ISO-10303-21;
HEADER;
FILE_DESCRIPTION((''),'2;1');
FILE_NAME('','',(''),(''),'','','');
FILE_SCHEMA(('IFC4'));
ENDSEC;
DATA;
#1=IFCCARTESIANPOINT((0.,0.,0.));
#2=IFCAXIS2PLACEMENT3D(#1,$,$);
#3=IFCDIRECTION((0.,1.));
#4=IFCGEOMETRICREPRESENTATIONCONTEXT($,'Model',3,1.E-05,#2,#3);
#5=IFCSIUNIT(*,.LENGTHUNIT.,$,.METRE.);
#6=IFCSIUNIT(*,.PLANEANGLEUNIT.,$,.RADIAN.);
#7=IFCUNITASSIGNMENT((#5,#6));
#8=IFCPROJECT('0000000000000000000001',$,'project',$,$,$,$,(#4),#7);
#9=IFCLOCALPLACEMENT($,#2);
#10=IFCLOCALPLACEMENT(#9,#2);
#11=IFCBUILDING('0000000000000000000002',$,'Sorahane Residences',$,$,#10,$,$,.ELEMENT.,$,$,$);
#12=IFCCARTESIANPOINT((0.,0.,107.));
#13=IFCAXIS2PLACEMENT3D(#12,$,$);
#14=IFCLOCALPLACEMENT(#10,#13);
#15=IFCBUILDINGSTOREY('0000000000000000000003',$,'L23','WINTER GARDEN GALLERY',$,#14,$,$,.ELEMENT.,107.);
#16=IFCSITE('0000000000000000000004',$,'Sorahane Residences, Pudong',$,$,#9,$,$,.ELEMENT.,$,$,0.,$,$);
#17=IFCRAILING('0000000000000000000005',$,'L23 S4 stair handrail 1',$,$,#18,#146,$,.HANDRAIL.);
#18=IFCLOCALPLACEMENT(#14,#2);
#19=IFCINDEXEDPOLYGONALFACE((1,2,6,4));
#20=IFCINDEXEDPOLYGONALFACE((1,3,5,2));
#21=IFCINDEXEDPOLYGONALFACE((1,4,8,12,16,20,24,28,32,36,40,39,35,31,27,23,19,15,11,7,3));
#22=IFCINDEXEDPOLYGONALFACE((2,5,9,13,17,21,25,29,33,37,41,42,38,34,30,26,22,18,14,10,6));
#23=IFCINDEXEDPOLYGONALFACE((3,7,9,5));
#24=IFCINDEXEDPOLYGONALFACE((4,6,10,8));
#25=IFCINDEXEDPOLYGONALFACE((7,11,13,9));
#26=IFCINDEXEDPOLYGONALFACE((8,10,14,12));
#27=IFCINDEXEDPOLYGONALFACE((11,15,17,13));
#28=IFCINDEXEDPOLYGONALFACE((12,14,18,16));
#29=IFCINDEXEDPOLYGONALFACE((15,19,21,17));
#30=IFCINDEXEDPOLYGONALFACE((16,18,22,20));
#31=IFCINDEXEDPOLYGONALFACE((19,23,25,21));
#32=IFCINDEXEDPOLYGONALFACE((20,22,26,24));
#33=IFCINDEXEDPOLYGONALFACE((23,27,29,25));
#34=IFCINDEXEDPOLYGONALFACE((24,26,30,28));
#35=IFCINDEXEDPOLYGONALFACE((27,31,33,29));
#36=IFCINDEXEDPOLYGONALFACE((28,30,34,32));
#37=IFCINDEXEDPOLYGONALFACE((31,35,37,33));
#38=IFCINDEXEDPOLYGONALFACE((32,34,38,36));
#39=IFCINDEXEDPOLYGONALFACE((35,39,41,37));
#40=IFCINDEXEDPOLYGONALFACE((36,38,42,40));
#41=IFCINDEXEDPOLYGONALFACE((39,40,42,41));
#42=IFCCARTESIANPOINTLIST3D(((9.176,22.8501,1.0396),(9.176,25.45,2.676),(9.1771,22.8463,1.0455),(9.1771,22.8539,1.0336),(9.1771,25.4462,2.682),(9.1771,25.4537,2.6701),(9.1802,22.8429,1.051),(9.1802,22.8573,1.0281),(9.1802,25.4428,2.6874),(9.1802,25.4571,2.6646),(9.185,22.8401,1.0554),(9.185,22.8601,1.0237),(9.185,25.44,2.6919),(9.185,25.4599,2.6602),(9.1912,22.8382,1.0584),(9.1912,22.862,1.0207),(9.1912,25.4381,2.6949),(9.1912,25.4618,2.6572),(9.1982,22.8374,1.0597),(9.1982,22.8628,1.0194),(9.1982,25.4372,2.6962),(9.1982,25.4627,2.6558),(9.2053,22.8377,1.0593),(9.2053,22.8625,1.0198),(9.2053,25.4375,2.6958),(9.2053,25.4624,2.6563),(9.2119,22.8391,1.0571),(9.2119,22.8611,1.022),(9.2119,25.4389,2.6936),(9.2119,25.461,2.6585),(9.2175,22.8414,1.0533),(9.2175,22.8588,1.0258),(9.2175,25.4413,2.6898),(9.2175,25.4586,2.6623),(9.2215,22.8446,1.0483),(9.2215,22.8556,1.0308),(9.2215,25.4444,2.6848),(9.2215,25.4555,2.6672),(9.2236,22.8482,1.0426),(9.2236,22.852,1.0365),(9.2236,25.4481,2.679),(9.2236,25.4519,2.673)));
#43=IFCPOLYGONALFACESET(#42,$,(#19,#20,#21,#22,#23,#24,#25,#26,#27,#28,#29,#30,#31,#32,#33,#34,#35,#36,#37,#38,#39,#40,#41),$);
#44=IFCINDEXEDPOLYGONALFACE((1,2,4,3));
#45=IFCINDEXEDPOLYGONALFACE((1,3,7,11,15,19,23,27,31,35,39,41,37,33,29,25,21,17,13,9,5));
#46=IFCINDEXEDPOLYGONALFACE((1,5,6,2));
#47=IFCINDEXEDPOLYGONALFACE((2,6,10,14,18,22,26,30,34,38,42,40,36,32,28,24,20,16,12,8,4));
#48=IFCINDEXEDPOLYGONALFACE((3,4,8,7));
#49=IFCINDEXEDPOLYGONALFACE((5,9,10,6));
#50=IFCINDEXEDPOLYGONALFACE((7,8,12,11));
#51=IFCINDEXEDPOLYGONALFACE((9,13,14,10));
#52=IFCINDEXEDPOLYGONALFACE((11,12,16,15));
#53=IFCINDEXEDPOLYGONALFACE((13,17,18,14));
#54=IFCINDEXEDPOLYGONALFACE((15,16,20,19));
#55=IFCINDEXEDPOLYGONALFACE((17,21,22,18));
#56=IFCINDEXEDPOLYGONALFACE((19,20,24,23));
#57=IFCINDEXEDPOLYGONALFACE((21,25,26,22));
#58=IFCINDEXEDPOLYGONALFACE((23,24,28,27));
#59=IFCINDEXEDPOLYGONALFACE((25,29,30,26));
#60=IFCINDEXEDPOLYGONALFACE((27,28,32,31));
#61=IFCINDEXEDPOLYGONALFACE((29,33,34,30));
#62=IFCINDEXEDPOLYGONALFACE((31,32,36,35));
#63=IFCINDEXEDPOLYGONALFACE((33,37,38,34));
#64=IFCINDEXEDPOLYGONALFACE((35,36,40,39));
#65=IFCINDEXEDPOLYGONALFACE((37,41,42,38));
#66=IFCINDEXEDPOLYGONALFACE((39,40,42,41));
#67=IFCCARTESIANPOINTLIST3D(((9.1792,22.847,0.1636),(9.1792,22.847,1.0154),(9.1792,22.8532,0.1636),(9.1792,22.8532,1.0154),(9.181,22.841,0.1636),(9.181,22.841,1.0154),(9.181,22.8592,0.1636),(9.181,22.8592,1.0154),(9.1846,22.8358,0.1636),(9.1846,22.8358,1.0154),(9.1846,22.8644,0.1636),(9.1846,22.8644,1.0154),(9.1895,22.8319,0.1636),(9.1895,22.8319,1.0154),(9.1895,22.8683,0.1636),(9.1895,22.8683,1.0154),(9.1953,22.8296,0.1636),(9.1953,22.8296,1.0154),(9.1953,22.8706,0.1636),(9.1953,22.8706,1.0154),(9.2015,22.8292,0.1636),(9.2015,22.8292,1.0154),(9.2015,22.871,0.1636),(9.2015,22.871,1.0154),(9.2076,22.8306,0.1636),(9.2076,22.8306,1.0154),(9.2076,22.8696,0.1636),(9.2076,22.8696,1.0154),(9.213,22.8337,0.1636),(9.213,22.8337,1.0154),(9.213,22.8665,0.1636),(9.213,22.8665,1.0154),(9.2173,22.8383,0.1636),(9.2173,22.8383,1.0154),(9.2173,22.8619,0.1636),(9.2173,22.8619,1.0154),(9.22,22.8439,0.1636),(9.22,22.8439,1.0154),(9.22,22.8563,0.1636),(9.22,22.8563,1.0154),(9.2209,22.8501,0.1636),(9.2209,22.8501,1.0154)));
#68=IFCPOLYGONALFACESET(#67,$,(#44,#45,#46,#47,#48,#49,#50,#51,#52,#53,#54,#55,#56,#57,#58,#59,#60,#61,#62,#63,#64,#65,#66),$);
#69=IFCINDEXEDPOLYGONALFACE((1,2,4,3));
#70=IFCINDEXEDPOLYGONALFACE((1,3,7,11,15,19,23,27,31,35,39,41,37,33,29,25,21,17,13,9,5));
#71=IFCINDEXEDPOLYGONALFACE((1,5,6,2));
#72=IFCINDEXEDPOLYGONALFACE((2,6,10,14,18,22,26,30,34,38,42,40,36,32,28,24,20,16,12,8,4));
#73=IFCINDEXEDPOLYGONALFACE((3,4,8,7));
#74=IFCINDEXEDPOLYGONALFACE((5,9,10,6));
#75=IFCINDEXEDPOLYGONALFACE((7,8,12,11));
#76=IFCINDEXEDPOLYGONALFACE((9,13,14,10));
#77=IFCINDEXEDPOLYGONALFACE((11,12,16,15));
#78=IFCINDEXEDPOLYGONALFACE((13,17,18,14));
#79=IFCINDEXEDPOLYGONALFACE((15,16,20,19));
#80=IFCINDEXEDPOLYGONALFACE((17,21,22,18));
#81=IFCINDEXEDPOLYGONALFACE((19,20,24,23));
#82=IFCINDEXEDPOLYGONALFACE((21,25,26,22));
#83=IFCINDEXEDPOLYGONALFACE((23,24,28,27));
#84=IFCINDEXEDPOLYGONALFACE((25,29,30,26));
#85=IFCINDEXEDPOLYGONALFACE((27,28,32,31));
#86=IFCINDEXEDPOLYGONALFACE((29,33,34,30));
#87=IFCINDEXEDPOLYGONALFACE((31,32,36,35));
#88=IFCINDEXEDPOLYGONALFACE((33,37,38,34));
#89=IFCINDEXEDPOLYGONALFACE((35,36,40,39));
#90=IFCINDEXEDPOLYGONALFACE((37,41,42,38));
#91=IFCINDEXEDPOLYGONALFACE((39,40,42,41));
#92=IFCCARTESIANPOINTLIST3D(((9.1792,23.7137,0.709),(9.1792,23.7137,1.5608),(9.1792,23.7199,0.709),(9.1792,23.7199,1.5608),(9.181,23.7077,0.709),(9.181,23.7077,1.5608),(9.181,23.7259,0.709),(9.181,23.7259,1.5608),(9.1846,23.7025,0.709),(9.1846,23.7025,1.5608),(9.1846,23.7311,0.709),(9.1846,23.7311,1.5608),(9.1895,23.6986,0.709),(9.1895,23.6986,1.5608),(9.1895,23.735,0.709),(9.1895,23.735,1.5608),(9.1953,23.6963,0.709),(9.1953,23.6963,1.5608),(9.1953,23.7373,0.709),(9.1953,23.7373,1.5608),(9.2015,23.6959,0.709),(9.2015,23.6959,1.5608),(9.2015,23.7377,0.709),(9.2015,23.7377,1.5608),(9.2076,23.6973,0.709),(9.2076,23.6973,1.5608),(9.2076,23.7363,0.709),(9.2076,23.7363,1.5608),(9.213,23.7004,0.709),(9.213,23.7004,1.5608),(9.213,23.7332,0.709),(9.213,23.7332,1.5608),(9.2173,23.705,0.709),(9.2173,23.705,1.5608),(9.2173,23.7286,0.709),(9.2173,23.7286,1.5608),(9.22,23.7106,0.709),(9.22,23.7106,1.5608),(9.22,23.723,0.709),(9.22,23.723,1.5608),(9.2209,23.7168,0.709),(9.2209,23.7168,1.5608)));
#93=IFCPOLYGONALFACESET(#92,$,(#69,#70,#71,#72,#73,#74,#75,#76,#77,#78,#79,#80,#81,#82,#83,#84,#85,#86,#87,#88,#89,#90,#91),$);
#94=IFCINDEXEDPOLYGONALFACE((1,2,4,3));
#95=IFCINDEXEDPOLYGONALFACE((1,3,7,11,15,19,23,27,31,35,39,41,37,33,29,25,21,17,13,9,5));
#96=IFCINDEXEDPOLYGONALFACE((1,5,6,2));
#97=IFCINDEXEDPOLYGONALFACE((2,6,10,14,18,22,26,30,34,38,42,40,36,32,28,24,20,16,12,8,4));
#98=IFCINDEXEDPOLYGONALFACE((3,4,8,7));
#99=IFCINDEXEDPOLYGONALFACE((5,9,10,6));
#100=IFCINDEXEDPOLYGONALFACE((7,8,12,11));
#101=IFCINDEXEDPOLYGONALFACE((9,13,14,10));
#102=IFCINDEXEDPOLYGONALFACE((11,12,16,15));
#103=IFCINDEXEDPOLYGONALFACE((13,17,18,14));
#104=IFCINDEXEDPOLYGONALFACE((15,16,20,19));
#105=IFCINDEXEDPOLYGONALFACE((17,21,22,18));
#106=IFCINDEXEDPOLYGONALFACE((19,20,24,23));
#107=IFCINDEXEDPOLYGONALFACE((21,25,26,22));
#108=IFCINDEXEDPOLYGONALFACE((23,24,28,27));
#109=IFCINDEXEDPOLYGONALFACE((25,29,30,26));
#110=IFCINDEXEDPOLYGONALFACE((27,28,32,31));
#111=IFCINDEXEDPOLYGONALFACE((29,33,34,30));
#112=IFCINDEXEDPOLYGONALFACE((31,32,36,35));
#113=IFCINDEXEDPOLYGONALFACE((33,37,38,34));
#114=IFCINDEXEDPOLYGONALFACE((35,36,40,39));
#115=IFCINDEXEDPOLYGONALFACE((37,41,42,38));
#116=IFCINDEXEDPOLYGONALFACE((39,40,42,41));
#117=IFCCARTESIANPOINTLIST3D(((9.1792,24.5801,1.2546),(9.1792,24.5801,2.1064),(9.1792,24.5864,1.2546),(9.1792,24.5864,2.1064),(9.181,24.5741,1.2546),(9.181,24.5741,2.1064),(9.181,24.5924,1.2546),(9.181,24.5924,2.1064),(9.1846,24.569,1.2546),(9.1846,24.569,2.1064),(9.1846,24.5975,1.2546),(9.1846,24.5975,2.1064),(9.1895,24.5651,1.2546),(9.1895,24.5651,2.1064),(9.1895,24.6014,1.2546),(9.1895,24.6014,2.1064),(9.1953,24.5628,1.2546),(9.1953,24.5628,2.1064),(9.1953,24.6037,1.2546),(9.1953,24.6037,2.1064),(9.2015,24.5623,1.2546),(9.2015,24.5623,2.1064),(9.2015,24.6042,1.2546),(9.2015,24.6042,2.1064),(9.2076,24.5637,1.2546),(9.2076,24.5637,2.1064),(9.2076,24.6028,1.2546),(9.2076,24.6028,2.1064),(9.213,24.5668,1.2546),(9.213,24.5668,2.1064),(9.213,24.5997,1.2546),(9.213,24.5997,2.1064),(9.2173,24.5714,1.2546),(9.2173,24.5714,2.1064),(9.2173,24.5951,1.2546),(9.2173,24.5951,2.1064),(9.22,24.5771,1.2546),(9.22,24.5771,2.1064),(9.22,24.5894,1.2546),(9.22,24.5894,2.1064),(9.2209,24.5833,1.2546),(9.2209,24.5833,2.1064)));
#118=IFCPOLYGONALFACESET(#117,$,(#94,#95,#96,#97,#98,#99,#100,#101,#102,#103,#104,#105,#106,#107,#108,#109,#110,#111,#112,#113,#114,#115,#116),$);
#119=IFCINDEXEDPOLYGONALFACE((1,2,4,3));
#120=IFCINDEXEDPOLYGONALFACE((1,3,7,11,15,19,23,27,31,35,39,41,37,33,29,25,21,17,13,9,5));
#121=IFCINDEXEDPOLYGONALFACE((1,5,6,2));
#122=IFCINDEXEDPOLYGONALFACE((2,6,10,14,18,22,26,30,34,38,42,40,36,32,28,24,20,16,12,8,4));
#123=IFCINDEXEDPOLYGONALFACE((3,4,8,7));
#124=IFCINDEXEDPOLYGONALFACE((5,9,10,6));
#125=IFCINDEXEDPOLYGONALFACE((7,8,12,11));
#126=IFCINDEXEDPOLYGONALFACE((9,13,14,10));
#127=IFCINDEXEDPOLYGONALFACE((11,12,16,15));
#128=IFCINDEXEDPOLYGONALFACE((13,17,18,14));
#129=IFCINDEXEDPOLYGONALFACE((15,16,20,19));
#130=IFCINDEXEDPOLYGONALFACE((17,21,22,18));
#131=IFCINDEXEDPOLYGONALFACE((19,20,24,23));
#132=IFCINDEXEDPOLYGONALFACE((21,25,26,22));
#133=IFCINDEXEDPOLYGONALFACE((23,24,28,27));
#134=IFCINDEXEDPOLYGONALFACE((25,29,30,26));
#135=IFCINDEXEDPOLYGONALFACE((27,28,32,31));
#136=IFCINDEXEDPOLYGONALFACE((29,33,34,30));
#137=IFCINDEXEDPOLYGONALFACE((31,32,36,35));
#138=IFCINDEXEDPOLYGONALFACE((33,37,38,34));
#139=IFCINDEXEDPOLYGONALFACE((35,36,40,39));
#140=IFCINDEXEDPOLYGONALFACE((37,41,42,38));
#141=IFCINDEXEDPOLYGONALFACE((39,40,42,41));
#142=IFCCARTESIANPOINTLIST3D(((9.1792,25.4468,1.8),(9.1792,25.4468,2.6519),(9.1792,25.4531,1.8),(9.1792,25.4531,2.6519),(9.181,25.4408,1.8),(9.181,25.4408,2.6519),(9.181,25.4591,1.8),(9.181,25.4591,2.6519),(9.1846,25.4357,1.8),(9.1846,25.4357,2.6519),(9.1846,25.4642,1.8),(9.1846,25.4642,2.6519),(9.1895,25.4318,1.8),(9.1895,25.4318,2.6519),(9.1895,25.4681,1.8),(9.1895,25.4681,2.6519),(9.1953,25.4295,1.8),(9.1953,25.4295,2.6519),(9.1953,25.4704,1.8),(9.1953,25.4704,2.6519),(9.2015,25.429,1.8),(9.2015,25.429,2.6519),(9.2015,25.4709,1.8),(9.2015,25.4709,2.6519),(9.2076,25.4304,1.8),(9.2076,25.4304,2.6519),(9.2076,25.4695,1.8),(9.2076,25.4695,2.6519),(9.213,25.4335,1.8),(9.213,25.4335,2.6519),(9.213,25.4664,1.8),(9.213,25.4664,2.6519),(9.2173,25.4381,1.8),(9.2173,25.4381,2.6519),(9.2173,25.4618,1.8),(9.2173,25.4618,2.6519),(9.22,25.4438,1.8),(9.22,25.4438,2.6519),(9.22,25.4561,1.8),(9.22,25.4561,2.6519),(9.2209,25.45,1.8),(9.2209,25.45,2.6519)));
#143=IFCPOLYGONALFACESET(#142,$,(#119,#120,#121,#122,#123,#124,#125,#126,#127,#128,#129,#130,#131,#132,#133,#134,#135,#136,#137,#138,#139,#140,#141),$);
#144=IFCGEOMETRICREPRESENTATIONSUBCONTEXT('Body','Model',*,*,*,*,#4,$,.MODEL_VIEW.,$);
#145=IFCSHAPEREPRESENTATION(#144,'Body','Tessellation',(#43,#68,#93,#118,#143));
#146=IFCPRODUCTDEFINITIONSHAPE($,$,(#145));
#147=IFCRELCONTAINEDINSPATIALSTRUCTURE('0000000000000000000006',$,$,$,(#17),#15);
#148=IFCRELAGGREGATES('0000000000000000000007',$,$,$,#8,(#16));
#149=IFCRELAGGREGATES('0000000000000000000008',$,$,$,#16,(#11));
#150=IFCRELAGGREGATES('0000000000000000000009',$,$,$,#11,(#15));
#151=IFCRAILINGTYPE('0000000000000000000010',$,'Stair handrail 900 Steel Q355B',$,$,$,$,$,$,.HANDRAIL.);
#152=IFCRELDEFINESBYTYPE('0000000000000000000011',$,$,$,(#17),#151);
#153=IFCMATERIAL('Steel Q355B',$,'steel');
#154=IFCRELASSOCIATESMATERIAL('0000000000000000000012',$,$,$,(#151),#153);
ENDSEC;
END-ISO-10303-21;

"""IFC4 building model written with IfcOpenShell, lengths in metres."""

from ifc_helpers import new_model, si_unit, direction, frame, origin, origin_2d, place, context, subcontext, project, spatial, circle, extrude, material, type_object, element, save


model = new_model("IFC4")

# Units and contexts
model_context = context("Model", 3, precision=1e-05, world=origin(), true_north=direction((0.0, 1.0)))
body_context = subcontext(model_context, "Body", "Model", "MODEL_VIEW")
ifc_project = project(units=[si_unit("LENGTHUNIT", "METRE"), si_unit("PLANEANGLEUNIT", "RADIAN")], contexts=[model_context])

# Site, building, storey
site_placement = place(None, origin())
site = spatial("IfcSite", under=ifc_project, at=site_placement, Name="Sorahane Residences, Pudong", CompositionType="ELEMENT", RefElevation=0.0)
building_placement = place(site_placement, origin())
building = spatial("IfcBuilding", under=site, at=building_placement, Name="Sorahane Residences", CompositionType="ELEMENT")
storey_placement = place(building_placement, frame((0.0, 0.0, 107.0)))
storey = spatial("IfcBuildingStorey", under=building, at=storey_placement, Name="L23", Description="WINTER GARDEN GALLERY", CompositionType="ELEMENT", Elevation=107.0)

# Railing
ifc_material_1 = material(Name="Steel Q355B", Category="steel")
railing_type = type_object("IfcRailingType", Name="Stair handrail 900 Steel Q355B", PredefinedType="HANDRAIL", material=ifc_material_1)
railing_placement = place(storey_placement, frame((9.2, 22.8501, 0.1636)))
element("IfcRailing", 1, at=railing_placement, inside=storey, type_object=railing_type, Name="L23 S4 stair handrail 1", PredefinedType="HANDRAIL", context=body_context, shape_type="SweptSolid", body=[
    extrude(circle(Radius=0.0239, at=origin_2d()), frame((0.0, 0.0, 0.876), z_axis=(0.0, 0.846302, 0.532704), x_axis=(-1.0, 0.0, 0.0)), (0.0, 0.0, 1.0), 3.072),
    extrude(circle(Radius=0.021, at=origin_2d()), origin(), (0.0, 0.0, 1.0), 0.8518),
    extrude(circle(Radius=0.021, at=origin_2d()), frame((0.0, 0.8667, 0.5454)), (0.0, 0.0, 1.0), 0.8518),
    extrude(circle(Radius=0.021, at=origin_2d()), frame((0.0, 1.7332, 1.0911)), (0.0, 0.0, 1.0), 0.8518),
    extrude(circle(Radius=0.021, at=origin_2d()), frame((0.0, 2.5999, 1.6365)), (0.0, 0.0, 1.0), 0.8518),
])

save(model, "model.ifc")
